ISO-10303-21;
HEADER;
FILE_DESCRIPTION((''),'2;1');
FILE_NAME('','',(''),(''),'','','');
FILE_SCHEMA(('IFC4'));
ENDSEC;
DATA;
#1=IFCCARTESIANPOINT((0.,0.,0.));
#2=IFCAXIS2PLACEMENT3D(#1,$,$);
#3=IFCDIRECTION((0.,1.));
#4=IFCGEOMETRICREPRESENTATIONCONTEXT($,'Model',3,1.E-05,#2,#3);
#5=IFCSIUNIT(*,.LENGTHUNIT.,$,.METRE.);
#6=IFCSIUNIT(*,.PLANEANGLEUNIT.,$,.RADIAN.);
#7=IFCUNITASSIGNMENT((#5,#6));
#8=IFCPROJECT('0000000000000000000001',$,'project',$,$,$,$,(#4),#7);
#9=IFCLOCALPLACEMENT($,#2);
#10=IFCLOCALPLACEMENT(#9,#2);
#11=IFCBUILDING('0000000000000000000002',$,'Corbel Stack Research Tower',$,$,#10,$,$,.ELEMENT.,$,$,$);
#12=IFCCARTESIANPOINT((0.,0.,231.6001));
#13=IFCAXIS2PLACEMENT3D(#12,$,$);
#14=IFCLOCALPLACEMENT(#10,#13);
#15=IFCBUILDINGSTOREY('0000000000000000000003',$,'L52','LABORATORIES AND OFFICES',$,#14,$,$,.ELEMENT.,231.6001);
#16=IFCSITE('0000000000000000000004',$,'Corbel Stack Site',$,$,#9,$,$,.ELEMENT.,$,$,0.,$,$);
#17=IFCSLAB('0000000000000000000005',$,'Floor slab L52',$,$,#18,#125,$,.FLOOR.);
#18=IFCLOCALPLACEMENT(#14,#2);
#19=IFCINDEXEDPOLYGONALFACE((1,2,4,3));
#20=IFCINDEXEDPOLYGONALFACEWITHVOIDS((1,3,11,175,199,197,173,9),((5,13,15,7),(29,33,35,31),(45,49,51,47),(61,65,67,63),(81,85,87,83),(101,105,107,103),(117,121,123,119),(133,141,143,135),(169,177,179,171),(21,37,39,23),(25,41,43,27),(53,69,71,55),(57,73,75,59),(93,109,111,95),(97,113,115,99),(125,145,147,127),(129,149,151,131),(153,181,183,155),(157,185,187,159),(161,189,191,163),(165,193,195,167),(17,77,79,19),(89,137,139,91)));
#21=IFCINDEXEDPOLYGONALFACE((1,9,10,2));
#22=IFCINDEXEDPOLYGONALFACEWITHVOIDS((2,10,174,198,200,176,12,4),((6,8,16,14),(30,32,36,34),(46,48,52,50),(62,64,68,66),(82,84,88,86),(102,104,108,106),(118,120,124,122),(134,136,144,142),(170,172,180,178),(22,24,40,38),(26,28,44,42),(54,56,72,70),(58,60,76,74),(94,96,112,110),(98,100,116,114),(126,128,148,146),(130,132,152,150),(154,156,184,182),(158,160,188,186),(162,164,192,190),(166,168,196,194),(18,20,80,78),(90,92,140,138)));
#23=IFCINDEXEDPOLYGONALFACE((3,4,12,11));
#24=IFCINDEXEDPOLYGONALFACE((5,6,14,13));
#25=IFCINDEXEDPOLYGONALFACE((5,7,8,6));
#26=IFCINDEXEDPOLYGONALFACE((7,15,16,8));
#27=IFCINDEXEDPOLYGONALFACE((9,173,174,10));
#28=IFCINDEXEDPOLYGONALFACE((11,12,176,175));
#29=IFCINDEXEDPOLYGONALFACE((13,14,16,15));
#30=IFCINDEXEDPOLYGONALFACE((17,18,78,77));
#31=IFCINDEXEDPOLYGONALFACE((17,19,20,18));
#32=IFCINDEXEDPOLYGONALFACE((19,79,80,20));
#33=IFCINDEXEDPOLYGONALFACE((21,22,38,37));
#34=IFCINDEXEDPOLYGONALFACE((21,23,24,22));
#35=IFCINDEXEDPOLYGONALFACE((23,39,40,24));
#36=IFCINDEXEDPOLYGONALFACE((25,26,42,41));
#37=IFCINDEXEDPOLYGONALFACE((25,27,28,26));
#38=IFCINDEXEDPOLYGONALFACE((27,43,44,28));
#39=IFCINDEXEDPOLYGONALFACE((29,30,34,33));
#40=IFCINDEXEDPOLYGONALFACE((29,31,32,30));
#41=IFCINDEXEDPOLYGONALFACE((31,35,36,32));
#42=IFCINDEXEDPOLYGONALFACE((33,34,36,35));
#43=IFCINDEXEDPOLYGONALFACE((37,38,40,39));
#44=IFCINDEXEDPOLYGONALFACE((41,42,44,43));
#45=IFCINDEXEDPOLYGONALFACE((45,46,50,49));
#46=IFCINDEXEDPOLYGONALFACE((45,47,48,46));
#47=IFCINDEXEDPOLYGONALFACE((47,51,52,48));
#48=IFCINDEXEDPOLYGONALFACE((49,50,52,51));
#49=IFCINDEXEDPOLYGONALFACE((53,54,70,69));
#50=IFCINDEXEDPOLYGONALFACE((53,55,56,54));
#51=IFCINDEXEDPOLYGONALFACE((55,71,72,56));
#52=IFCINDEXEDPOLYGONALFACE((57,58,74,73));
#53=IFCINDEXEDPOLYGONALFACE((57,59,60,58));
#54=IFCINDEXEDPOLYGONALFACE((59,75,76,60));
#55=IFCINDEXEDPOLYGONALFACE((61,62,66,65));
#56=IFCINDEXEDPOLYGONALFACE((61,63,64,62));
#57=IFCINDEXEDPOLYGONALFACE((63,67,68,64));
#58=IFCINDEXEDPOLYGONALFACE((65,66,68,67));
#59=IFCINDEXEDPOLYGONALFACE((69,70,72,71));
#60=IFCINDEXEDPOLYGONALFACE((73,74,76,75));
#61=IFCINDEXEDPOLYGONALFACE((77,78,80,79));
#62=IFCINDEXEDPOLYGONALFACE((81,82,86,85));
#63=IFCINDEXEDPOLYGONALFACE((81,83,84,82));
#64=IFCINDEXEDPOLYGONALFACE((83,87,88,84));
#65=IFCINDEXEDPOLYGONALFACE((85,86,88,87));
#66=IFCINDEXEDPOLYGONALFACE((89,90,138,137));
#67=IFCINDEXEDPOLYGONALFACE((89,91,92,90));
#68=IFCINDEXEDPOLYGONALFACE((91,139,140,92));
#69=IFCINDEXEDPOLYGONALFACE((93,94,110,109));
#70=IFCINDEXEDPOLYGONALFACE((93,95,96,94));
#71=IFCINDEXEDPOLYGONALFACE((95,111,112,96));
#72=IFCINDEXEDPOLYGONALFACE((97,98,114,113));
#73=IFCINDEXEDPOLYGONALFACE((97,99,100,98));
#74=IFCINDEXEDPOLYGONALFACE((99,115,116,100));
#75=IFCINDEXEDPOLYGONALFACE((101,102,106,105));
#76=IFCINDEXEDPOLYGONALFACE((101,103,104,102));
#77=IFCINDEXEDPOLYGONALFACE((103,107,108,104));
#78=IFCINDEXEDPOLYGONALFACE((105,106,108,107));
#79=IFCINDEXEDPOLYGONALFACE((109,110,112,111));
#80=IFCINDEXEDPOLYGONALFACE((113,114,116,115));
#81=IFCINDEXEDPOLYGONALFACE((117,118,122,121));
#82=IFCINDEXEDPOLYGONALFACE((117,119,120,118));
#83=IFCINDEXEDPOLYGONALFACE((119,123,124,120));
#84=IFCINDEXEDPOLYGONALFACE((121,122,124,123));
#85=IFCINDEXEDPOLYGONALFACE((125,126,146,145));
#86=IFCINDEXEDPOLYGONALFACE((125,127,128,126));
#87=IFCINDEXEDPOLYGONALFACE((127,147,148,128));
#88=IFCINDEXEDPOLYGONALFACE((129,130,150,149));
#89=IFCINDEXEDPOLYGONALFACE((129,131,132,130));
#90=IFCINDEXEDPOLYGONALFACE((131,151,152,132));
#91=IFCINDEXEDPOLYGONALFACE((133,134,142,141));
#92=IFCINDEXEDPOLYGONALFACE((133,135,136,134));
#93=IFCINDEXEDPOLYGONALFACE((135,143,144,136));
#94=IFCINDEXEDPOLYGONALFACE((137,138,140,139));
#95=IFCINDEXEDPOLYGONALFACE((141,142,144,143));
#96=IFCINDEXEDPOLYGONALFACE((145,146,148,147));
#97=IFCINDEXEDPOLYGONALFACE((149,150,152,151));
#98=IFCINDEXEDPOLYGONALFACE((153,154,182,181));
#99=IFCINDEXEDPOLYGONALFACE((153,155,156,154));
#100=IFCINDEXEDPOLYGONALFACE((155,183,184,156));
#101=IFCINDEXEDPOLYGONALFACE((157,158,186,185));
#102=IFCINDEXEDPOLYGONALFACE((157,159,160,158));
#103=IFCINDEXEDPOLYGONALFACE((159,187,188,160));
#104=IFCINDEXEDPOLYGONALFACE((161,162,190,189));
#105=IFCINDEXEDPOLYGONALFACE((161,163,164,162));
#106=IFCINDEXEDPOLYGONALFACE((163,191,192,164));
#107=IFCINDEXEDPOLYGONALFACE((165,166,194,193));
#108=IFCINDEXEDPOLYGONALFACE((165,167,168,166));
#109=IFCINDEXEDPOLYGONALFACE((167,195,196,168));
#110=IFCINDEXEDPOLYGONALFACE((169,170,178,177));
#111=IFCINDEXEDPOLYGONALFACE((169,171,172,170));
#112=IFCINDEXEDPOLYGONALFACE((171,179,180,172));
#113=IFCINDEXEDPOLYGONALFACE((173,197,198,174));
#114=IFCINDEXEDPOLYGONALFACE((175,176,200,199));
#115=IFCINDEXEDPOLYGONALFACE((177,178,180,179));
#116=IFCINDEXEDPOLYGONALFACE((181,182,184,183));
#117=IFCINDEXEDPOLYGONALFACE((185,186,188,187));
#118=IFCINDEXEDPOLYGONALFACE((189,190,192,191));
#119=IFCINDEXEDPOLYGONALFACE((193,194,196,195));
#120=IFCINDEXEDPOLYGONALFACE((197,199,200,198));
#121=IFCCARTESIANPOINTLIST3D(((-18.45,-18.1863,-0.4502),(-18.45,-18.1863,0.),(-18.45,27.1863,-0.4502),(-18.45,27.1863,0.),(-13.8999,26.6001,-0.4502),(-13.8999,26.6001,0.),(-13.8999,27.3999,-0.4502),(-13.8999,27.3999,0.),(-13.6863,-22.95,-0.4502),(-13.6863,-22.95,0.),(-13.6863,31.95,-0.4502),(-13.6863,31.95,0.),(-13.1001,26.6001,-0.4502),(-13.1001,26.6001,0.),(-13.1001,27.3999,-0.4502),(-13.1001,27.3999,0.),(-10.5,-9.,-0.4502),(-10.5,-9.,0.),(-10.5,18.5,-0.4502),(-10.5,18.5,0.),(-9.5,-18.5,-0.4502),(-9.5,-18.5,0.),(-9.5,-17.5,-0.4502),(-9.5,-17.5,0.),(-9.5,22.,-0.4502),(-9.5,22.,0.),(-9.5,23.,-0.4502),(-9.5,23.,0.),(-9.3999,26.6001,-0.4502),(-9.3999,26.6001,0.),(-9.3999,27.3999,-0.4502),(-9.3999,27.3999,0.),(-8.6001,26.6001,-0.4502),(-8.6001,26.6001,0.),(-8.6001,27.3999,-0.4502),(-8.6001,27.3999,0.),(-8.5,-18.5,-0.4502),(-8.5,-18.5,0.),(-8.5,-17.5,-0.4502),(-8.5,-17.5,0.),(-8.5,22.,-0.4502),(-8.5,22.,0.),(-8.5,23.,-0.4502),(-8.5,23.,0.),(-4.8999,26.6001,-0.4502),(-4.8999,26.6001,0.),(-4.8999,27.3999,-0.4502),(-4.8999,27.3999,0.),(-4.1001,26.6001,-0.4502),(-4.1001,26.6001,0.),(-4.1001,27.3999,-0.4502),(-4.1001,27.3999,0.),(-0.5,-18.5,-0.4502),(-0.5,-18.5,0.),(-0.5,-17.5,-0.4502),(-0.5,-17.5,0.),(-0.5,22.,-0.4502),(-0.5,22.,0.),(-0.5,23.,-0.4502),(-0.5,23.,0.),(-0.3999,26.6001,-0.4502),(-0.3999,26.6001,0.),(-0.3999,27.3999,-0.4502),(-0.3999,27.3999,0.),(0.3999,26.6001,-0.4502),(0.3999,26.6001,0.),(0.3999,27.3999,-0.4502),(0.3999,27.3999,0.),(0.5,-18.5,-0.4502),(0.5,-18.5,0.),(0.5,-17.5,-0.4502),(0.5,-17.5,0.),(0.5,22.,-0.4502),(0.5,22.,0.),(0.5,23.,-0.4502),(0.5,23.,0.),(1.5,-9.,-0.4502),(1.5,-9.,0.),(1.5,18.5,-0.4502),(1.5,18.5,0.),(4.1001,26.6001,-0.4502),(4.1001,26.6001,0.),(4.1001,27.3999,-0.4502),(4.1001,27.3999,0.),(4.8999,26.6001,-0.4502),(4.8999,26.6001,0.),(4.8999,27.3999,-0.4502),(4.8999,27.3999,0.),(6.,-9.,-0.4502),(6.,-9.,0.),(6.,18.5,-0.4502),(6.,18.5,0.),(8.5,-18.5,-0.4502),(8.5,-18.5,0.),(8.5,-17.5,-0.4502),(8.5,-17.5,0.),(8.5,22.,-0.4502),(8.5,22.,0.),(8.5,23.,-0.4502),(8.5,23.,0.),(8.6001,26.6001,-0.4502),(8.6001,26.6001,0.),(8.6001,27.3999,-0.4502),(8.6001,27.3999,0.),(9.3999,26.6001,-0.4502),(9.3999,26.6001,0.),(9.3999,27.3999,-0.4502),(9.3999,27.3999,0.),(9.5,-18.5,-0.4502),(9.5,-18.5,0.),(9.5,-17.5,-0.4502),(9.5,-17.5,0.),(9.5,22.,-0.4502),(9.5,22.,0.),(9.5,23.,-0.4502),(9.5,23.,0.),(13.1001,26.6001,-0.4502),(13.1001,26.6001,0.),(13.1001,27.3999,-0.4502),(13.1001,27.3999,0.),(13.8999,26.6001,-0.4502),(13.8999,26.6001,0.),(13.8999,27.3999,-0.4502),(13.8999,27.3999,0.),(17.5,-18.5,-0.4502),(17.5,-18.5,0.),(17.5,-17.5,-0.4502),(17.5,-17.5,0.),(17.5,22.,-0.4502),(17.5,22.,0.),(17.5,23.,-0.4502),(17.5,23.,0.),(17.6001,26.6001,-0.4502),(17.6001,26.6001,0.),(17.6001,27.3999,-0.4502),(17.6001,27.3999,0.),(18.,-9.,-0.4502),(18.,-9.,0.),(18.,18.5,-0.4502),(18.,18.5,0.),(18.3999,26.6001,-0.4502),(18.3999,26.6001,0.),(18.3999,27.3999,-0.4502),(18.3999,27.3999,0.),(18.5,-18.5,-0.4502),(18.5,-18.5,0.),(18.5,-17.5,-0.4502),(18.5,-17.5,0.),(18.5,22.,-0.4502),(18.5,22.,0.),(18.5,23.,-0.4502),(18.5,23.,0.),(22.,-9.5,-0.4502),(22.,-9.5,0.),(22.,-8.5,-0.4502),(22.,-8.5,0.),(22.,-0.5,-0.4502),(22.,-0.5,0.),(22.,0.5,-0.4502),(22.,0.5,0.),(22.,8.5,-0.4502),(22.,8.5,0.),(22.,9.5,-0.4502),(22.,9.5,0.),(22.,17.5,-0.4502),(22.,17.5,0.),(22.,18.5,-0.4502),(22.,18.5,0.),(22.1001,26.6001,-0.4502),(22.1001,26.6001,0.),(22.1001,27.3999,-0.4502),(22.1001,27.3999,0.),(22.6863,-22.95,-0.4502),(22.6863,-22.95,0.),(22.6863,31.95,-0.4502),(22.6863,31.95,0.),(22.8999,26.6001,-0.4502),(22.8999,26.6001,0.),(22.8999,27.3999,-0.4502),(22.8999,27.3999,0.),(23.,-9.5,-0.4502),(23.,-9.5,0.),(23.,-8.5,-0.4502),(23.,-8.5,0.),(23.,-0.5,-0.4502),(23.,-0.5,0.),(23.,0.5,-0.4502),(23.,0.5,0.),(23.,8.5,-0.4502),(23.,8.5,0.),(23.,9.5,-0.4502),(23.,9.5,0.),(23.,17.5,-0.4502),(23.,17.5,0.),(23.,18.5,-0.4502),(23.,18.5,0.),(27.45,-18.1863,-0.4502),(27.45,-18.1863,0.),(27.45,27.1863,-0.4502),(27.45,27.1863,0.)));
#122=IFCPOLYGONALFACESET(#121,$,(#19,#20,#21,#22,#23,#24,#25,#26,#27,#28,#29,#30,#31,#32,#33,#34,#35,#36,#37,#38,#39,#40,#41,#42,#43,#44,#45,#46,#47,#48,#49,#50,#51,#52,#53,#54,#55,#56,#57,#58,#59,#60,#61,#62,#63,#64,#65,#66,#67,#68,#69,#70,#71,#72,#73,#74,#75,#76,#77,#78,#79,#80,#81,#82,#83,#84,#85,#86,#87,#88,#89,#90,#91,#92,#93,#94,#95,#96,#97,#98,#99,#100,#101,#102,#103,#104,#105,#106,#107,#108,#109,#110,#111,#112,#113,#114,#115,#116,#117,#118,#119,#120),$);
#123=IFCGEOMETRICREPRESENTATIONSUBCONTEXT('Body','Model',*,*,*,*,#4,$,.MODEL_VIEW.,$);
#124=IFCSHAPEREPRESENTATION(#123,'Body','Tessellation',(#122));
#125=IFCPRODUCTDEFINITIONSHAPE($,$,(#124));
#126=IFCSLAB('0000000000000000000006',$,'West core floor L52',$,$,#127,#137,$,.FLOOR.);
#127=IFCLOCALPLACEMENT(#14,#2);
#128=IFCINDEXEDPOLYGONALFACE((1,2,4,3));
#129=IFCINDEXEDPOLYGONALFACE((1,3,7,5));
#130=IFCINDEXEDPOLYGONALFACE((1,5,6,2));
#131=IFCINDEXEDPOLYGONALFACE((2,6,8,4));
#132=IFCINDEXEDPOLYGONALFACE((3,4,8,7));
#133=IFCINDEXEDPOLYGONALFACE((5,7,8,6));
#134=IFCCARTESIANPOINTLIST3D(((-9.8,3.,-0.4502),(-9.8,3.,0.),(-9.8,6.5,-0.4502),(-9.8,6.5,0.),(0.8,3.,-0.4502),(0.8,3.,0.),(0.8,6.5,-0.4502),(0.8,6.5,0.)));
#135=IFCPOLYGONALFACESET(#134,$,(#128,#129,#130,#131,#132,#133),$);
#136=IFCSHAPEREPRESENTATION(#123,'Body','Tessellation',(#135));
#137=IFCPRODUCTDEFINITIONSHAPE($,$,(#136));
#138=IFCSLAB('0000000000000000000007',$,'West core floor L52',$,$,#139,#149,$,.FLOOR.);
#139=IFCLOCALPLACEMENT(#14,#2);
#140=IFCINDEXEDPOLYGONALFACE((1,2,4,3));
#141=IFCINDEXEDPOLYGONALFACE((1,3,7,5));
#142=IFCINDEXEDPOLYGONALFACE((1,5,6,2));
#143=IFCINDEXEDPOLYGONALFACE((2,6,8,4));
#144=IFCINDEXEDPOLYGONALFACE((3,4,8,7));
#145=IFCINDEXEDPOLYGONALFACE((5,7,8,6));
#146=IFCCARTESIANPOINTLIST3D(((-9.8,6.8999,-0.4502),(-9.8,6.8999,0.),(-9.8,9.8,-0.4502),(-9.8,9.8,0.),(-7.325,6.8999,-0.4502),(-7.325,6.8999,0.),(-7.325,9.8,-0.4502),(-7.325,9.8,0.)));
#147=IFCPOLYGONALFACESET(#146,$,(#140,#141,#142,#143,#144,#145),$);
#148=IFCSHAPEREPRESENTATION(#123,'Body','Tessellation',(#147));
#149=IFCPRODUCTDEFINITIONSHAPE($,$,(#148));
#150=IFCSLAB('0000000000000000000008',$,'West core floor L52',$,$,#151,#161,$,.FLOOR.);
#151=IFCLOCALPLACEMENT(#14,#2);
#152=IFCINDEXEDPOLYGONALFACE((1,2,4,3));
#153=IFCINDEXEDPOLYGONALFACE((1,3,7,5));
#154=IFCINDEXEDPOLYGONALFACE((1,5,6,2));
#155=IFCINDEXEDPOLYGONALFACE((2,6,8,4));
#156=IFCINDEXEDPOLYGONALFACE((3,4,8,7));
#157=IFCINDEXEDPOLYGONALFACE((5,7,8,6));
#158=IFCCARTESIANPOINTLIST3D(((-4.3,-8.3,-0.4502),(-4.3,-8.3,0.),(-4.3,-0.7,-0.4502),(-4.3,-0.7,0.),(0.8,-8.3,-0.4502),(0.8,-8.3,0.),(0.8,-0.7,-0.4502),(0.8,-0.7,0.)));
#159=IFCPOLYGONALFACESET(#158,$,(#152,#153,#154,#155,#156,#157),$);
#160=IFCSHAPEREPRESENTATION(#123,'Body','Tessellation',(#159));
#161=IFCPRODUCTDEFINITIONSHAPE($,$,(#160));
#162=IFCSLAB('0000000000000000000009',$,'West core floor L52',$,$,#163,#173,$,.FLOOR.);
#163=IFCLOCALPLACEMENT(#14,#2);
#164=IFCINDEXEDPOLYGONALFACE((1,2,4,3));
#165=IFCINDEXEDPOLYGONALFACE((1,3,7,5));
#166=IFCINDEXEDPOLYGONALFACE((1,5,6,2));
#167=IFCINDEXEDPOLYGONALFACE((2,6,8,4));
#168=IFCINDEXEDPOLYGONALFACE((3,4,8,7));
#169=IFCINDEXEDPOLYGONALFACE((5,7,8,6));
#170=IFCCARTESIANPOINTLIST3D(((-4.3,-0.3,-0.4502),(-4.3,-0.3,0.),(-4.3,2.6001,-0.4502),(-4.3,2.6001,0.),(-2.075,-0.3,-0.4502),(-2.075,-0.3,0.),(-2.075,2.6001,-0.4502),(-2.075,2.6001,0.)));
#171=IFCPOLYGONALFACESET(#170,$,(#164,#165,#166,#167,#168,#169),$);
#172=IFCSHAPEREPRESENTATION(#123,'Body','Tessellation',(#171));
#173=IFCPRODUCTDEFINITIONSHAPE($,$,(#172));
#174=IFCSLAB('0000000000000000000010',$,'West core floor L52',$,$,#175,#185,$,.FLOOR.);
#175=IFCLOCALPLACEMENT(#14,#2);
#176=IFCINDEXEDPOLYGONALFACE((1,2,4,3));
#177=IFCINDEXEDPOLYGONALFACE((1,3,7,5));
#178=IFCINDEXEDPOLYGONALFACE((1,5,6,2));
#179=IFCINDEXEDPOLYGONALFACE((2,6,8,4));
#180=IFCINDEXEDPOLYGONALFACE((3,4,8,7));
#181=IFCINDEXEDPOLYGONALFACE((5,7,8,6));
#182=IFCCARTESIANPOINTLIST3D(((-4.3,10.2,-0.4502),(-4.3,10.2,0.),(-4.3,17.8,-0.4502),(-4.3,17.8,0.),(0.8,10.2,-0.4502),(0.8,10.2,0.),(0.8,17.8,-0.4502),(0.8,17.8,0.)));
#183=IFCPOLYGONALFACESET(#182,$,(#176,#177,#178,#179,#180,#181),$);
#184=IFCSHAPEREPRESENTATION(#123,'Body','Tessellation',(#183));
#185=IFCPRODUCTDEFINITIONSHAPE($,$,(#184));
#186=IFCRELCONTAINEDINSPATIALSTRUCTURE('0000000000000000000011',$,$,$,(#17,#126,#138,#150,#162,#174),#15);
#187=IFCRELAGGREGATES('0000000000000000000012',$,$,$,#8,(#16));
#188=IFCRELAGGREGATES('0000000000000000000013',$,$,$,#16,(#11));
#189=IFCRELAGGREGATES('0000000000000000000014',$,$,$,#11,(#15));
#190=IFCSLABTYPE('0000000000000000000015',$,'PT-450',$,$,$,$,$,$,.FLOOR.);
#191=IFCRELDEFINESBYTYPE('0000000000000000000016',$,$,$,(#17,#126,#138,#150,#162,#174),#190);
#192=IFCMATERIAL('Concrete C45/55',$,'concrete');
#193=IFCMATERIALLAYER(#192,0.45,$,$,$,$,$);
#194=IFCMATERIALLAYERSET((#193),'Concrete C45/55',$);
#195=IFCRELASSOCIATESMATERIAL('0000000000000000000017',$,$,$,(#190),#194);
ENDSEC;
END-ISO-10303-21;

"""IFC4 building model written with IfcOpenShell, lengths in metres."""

from ifc_helpers import new_model, si_unit, direction, frame, origin, place, context, subcontext, project, spatial, polyline, outline, extrude, material, layer, layer_set, type_object, element, save


model = new_model("IFC4")

# Units and contexts
model_context = context("Model", 3, precision=1e-05, world=origin(), true_north=direction((0.0, 1.0)))
body_context = subcontext(model_context, "Body", "Model", "MODEL_VIEW")
ifc_project = project(units=[si_unit("LENGTHUNIT", "METRE"), si_unit("PLANEANGLEUNIT", "RADIAN")], contexts=[model_context])

# Site, building, storey
site_placement = place(None, origin())
site = spatial("IfcSite", under=ifc_project, at=site_placement, Name="Corbel Stack Site", CompositionType="ELEMENT", RefElevation=0.0)
building_placement = place(site_placement, origin())
building = spatial("IfcBuilding", under=site, at=building_placement, Name="Corbel Stack Research Tower", CompositionType="ELEMENT")
storey_placement = place(building_placement, frame((0.0, 0.0, 231.6001)))
storey = spatial("IfcBuildingStorey", under=building, at=storey_placement, Name="L52", Description="LABORATORIES AND OFFICES", CompositionType="ELEMENT", Elevation=231.6001)

# Slabs
ifc_material_1 = material(Name="Concrete C45/55", Category="concrete")
ifc_layer_1 = layer(ifc_material_1, 0.45)
ifc_layer_set_1 = layer_set([ifc_layer_1], Name="Concrete C45/55")
slab_type_1 = type_object("IfcSlabType", Name="PT-450", PredefinedType="FLOOR", material=ifc_layer_set_1)
slab_1_placement = place(storey_placement, frame((0.0, 0.0, -0.4502)))
element("IfcSlab", 1, at=slab_1_placement, inside=storey, type_object=slab_type_1, Name="Floor slab L52", PredefinedType="FLOOR", context=body_context, shape_type="SweptSolid", body=[
    extrude(outline(polyline([(-13.6863, -22.95), (22.6863, -22.95), (27.45, -18.1863), (27.45, 27.1863), (22.6863, 31.95), (-13.6863, 31.95), (-18.45, 27.1863), (-18.45, -18.1863), (-13.6863, -22.95)]), holes=[polyline([(23.0, 17.5), (22.0, 17.5), (22.0, 18.5), (23.0, 18.5), (23.0, 17.5)]), polyline([(22.0, 8.5), (22.0, 9.5), (23.0, 9.5), (23.0, 8.5), (22.0, 8.5)]), polyline([(23.0, -0.5), (22.0, -0.5), (22.0, 0.5), (23.0, 0.5), (23.0, -0.5)]), polyline([(22.0, -9.5), (22.0, -8.5), (23.0, -8.5), (23.0, -9.5), (22.0, -9.5)]), polyline([(22.1001, 26.6001), (22.1001, 27.3999), (22.8999, 27.3999), (22.8999, 26.6001), (22.1001, 26.6001)]), polyline([(17.5, 22.0), (17.5, 23.0), (18.5, 23.0), (18.5, 22.0), (17.5, 22.0)]), polyline([(17.5, -18.5), (17.5, -17.5), (18.5, -17.5), (18.5, -18.5), (17.5, -18.5)]), polyline([(17.6001, 26.6001), (17.6001, 27.3999), (18.3999, 27.3999), (18.3999, 26.6001), (17.6001, 26.6001)]), polyline([(6.0, -9.0), (6.0, 18.5), (18.0, 18.5), (18.0, -9.0), (6.0, -9.0)]), polyline([(13.8999, 26.6001), (13.1001, 26.6001), (13.1001, 27.3999), (13.8999, 27.3999), (13.8999, 26.6001)]), polyline([(9.5, -18.5), (8.5, -18.5), (8.5, -17.5), (9.5, -17.5), (9.5, -18.5)]), polyline([(8.5, 22.0), (8.5, 23.0), (9.5, 23.0), (9.5, 22.0), (8.5, 22.0)]), polyline([(9.3999, 26.6001), (8.6001, 26.6001), (8.6001, 27.3999), (9.3999, 27.3999), (9.3999, 26.6001)]), polyline([(4.1001, 26.6001), (4.1001, 27.3999), (4.8999, 27.3999), (4.8999, 26.6001), (4.1001, 26.6001)]), polyline([(-10.5, -9.0), (-10.5, 18.5), (1.5, 18.5), (1.5, -9.0), (-10.5, -9.0)]), polyline([(0.5, 22.0), (-0.5, 22.0), (-0.5, 23.0), (0.5, 23.0), (0.5, 22.0)]), polyline([(0.5, -18.5), (-0.5, -18.5), (-0.5, -17.5), (0.5, -17.5), (0.5, -18.5)]), polyline([(-0.3999, 26.6001), (-0.3999, 27.3999), (0.3999, 27.3999), (0.3999, 26.6001), (-0.3999, 26.6001)]), polyline([(-4.1001, 26.6001), (-4.8999, 26.6001), (-4.8999, 27.3999), (-4.1001, 27.3999), (-4.1001, 26.6001)]), polyline([(-9.5, 22.0), (-9.5, 23.0), (-8.5, 23.0), (-8.5, 22.0), (-9.5, 22.0)]), polyline([(-8.5, -18.5), (-9.5, -18.5), (-9.5, -17.5), (-8.5, -17.5), (-8.5, -18.5)]), polyline([(-9.3999, 26.6001), (-9.3999, 27.3999), (-8.6001, 27.3999), (-8.6001, 26.6001), (-9.3999, 26.6001)]), polyline([(-13.8999, 26.6001), (-13.8999, 27.3999), (-13.1001, 27.3999), (-13.1001, 26.6001), (-13.8999, 26.6001)])]), origin(), (0.0, 0.0, 1.0), 0.4502),
])
slab_2_placement = place(storey_placement, frame((0.0, 0.0, -0.4502)))
element("IfcSlab", 2, at=slab_2_placement, inside=storey, type_object=slab_type_1, Name="West core floor L52", PredefinedType="FLOOR", context=body_context, shape_type="SweptSolid", body=[
    extrude(outline(polyline([(-9.8, 6.5), (-9.8, 3.0), (0.8, 3.0), (0.8, 6.5), (-9.8, 6.5)])), origin(), (0.0, 0.0, 1.0), 0.4502),
])
slab_3_placement = place(storey_placement, frame((0.0, 0.0, -0.4502)))
element("IfcSlab", 3, at=slab_3_placement, inside=storey, type_object=slab_type_1, Name="West core floor L52", PredefinedType="FLOOR", context=body_context, shape_type="SweptSolid", body=[
    extrude(outline(polyline([(-9.8, 6.8999), (-7.325, 6.8999), (-7.325, 9.8), (-9.8, 9.8), (-9.8, 6.8999)])), origin(), (0.0, 0.0, 1.0), 0.4502),
])
slab_4_placement = place(storey_placement, frame((0.0, 0.0, -0.4502)))
element("IfcSlab", 4, at=slab_4_placement, inside=storey, type_object=slab_type_1, Name="West core floor L52", PredefinedType="FLOOR", context=body_context, shape_type="SweptSolid", body=[
    extrude(outline(polyline([(-4.3, -0.7), (-4.3, -8.3), (0.8, -8.3), (0.8, -0.7), (-4.3, -0.7)])), origin(), (0.0, 0.0, 1.0), 0.4502),
])
slab_5_placement = place(storey_placement, frame((0.0, 0.0, -0.4502)))
element("IfcSlab", 5, at=slab_5_placement, inside=storey, type_object=slab_type_1, Name="West core floor L52", PredefinedType="FLOOR", context=body_context, shape_type="SweptSolid", body=[
    extrude(outline(polyline([(-4.3, 2.6001), (-4.3, -0.3), (-2.075, -0.3), (-2.075, 2.6001), (-4.3, 2.6001)])), origin(), (0.0, 0.0, 1.0), 0.4502),
])
slab_6_placement = place(storey_placement, frame((0.0, 0.0, -0.4502)))
element("IfcSlab", 6, at=slab_6_placement, inside=storey, type_object=slab_type_1, Name="West core floor L52", PredefinedType="FLOOR", context=body_context, shape_type="SweptSolid", body=[
    extrude(outline(polyline([(-4.3, 17.8), (-4.3, 10.2), (0.8, 10.2), (0.8, 17.8), (-4.3, 17.8)])), origin(), (0.0, 0.0, 1.0), 0.4502),
])

save(model, "model.ifc")
